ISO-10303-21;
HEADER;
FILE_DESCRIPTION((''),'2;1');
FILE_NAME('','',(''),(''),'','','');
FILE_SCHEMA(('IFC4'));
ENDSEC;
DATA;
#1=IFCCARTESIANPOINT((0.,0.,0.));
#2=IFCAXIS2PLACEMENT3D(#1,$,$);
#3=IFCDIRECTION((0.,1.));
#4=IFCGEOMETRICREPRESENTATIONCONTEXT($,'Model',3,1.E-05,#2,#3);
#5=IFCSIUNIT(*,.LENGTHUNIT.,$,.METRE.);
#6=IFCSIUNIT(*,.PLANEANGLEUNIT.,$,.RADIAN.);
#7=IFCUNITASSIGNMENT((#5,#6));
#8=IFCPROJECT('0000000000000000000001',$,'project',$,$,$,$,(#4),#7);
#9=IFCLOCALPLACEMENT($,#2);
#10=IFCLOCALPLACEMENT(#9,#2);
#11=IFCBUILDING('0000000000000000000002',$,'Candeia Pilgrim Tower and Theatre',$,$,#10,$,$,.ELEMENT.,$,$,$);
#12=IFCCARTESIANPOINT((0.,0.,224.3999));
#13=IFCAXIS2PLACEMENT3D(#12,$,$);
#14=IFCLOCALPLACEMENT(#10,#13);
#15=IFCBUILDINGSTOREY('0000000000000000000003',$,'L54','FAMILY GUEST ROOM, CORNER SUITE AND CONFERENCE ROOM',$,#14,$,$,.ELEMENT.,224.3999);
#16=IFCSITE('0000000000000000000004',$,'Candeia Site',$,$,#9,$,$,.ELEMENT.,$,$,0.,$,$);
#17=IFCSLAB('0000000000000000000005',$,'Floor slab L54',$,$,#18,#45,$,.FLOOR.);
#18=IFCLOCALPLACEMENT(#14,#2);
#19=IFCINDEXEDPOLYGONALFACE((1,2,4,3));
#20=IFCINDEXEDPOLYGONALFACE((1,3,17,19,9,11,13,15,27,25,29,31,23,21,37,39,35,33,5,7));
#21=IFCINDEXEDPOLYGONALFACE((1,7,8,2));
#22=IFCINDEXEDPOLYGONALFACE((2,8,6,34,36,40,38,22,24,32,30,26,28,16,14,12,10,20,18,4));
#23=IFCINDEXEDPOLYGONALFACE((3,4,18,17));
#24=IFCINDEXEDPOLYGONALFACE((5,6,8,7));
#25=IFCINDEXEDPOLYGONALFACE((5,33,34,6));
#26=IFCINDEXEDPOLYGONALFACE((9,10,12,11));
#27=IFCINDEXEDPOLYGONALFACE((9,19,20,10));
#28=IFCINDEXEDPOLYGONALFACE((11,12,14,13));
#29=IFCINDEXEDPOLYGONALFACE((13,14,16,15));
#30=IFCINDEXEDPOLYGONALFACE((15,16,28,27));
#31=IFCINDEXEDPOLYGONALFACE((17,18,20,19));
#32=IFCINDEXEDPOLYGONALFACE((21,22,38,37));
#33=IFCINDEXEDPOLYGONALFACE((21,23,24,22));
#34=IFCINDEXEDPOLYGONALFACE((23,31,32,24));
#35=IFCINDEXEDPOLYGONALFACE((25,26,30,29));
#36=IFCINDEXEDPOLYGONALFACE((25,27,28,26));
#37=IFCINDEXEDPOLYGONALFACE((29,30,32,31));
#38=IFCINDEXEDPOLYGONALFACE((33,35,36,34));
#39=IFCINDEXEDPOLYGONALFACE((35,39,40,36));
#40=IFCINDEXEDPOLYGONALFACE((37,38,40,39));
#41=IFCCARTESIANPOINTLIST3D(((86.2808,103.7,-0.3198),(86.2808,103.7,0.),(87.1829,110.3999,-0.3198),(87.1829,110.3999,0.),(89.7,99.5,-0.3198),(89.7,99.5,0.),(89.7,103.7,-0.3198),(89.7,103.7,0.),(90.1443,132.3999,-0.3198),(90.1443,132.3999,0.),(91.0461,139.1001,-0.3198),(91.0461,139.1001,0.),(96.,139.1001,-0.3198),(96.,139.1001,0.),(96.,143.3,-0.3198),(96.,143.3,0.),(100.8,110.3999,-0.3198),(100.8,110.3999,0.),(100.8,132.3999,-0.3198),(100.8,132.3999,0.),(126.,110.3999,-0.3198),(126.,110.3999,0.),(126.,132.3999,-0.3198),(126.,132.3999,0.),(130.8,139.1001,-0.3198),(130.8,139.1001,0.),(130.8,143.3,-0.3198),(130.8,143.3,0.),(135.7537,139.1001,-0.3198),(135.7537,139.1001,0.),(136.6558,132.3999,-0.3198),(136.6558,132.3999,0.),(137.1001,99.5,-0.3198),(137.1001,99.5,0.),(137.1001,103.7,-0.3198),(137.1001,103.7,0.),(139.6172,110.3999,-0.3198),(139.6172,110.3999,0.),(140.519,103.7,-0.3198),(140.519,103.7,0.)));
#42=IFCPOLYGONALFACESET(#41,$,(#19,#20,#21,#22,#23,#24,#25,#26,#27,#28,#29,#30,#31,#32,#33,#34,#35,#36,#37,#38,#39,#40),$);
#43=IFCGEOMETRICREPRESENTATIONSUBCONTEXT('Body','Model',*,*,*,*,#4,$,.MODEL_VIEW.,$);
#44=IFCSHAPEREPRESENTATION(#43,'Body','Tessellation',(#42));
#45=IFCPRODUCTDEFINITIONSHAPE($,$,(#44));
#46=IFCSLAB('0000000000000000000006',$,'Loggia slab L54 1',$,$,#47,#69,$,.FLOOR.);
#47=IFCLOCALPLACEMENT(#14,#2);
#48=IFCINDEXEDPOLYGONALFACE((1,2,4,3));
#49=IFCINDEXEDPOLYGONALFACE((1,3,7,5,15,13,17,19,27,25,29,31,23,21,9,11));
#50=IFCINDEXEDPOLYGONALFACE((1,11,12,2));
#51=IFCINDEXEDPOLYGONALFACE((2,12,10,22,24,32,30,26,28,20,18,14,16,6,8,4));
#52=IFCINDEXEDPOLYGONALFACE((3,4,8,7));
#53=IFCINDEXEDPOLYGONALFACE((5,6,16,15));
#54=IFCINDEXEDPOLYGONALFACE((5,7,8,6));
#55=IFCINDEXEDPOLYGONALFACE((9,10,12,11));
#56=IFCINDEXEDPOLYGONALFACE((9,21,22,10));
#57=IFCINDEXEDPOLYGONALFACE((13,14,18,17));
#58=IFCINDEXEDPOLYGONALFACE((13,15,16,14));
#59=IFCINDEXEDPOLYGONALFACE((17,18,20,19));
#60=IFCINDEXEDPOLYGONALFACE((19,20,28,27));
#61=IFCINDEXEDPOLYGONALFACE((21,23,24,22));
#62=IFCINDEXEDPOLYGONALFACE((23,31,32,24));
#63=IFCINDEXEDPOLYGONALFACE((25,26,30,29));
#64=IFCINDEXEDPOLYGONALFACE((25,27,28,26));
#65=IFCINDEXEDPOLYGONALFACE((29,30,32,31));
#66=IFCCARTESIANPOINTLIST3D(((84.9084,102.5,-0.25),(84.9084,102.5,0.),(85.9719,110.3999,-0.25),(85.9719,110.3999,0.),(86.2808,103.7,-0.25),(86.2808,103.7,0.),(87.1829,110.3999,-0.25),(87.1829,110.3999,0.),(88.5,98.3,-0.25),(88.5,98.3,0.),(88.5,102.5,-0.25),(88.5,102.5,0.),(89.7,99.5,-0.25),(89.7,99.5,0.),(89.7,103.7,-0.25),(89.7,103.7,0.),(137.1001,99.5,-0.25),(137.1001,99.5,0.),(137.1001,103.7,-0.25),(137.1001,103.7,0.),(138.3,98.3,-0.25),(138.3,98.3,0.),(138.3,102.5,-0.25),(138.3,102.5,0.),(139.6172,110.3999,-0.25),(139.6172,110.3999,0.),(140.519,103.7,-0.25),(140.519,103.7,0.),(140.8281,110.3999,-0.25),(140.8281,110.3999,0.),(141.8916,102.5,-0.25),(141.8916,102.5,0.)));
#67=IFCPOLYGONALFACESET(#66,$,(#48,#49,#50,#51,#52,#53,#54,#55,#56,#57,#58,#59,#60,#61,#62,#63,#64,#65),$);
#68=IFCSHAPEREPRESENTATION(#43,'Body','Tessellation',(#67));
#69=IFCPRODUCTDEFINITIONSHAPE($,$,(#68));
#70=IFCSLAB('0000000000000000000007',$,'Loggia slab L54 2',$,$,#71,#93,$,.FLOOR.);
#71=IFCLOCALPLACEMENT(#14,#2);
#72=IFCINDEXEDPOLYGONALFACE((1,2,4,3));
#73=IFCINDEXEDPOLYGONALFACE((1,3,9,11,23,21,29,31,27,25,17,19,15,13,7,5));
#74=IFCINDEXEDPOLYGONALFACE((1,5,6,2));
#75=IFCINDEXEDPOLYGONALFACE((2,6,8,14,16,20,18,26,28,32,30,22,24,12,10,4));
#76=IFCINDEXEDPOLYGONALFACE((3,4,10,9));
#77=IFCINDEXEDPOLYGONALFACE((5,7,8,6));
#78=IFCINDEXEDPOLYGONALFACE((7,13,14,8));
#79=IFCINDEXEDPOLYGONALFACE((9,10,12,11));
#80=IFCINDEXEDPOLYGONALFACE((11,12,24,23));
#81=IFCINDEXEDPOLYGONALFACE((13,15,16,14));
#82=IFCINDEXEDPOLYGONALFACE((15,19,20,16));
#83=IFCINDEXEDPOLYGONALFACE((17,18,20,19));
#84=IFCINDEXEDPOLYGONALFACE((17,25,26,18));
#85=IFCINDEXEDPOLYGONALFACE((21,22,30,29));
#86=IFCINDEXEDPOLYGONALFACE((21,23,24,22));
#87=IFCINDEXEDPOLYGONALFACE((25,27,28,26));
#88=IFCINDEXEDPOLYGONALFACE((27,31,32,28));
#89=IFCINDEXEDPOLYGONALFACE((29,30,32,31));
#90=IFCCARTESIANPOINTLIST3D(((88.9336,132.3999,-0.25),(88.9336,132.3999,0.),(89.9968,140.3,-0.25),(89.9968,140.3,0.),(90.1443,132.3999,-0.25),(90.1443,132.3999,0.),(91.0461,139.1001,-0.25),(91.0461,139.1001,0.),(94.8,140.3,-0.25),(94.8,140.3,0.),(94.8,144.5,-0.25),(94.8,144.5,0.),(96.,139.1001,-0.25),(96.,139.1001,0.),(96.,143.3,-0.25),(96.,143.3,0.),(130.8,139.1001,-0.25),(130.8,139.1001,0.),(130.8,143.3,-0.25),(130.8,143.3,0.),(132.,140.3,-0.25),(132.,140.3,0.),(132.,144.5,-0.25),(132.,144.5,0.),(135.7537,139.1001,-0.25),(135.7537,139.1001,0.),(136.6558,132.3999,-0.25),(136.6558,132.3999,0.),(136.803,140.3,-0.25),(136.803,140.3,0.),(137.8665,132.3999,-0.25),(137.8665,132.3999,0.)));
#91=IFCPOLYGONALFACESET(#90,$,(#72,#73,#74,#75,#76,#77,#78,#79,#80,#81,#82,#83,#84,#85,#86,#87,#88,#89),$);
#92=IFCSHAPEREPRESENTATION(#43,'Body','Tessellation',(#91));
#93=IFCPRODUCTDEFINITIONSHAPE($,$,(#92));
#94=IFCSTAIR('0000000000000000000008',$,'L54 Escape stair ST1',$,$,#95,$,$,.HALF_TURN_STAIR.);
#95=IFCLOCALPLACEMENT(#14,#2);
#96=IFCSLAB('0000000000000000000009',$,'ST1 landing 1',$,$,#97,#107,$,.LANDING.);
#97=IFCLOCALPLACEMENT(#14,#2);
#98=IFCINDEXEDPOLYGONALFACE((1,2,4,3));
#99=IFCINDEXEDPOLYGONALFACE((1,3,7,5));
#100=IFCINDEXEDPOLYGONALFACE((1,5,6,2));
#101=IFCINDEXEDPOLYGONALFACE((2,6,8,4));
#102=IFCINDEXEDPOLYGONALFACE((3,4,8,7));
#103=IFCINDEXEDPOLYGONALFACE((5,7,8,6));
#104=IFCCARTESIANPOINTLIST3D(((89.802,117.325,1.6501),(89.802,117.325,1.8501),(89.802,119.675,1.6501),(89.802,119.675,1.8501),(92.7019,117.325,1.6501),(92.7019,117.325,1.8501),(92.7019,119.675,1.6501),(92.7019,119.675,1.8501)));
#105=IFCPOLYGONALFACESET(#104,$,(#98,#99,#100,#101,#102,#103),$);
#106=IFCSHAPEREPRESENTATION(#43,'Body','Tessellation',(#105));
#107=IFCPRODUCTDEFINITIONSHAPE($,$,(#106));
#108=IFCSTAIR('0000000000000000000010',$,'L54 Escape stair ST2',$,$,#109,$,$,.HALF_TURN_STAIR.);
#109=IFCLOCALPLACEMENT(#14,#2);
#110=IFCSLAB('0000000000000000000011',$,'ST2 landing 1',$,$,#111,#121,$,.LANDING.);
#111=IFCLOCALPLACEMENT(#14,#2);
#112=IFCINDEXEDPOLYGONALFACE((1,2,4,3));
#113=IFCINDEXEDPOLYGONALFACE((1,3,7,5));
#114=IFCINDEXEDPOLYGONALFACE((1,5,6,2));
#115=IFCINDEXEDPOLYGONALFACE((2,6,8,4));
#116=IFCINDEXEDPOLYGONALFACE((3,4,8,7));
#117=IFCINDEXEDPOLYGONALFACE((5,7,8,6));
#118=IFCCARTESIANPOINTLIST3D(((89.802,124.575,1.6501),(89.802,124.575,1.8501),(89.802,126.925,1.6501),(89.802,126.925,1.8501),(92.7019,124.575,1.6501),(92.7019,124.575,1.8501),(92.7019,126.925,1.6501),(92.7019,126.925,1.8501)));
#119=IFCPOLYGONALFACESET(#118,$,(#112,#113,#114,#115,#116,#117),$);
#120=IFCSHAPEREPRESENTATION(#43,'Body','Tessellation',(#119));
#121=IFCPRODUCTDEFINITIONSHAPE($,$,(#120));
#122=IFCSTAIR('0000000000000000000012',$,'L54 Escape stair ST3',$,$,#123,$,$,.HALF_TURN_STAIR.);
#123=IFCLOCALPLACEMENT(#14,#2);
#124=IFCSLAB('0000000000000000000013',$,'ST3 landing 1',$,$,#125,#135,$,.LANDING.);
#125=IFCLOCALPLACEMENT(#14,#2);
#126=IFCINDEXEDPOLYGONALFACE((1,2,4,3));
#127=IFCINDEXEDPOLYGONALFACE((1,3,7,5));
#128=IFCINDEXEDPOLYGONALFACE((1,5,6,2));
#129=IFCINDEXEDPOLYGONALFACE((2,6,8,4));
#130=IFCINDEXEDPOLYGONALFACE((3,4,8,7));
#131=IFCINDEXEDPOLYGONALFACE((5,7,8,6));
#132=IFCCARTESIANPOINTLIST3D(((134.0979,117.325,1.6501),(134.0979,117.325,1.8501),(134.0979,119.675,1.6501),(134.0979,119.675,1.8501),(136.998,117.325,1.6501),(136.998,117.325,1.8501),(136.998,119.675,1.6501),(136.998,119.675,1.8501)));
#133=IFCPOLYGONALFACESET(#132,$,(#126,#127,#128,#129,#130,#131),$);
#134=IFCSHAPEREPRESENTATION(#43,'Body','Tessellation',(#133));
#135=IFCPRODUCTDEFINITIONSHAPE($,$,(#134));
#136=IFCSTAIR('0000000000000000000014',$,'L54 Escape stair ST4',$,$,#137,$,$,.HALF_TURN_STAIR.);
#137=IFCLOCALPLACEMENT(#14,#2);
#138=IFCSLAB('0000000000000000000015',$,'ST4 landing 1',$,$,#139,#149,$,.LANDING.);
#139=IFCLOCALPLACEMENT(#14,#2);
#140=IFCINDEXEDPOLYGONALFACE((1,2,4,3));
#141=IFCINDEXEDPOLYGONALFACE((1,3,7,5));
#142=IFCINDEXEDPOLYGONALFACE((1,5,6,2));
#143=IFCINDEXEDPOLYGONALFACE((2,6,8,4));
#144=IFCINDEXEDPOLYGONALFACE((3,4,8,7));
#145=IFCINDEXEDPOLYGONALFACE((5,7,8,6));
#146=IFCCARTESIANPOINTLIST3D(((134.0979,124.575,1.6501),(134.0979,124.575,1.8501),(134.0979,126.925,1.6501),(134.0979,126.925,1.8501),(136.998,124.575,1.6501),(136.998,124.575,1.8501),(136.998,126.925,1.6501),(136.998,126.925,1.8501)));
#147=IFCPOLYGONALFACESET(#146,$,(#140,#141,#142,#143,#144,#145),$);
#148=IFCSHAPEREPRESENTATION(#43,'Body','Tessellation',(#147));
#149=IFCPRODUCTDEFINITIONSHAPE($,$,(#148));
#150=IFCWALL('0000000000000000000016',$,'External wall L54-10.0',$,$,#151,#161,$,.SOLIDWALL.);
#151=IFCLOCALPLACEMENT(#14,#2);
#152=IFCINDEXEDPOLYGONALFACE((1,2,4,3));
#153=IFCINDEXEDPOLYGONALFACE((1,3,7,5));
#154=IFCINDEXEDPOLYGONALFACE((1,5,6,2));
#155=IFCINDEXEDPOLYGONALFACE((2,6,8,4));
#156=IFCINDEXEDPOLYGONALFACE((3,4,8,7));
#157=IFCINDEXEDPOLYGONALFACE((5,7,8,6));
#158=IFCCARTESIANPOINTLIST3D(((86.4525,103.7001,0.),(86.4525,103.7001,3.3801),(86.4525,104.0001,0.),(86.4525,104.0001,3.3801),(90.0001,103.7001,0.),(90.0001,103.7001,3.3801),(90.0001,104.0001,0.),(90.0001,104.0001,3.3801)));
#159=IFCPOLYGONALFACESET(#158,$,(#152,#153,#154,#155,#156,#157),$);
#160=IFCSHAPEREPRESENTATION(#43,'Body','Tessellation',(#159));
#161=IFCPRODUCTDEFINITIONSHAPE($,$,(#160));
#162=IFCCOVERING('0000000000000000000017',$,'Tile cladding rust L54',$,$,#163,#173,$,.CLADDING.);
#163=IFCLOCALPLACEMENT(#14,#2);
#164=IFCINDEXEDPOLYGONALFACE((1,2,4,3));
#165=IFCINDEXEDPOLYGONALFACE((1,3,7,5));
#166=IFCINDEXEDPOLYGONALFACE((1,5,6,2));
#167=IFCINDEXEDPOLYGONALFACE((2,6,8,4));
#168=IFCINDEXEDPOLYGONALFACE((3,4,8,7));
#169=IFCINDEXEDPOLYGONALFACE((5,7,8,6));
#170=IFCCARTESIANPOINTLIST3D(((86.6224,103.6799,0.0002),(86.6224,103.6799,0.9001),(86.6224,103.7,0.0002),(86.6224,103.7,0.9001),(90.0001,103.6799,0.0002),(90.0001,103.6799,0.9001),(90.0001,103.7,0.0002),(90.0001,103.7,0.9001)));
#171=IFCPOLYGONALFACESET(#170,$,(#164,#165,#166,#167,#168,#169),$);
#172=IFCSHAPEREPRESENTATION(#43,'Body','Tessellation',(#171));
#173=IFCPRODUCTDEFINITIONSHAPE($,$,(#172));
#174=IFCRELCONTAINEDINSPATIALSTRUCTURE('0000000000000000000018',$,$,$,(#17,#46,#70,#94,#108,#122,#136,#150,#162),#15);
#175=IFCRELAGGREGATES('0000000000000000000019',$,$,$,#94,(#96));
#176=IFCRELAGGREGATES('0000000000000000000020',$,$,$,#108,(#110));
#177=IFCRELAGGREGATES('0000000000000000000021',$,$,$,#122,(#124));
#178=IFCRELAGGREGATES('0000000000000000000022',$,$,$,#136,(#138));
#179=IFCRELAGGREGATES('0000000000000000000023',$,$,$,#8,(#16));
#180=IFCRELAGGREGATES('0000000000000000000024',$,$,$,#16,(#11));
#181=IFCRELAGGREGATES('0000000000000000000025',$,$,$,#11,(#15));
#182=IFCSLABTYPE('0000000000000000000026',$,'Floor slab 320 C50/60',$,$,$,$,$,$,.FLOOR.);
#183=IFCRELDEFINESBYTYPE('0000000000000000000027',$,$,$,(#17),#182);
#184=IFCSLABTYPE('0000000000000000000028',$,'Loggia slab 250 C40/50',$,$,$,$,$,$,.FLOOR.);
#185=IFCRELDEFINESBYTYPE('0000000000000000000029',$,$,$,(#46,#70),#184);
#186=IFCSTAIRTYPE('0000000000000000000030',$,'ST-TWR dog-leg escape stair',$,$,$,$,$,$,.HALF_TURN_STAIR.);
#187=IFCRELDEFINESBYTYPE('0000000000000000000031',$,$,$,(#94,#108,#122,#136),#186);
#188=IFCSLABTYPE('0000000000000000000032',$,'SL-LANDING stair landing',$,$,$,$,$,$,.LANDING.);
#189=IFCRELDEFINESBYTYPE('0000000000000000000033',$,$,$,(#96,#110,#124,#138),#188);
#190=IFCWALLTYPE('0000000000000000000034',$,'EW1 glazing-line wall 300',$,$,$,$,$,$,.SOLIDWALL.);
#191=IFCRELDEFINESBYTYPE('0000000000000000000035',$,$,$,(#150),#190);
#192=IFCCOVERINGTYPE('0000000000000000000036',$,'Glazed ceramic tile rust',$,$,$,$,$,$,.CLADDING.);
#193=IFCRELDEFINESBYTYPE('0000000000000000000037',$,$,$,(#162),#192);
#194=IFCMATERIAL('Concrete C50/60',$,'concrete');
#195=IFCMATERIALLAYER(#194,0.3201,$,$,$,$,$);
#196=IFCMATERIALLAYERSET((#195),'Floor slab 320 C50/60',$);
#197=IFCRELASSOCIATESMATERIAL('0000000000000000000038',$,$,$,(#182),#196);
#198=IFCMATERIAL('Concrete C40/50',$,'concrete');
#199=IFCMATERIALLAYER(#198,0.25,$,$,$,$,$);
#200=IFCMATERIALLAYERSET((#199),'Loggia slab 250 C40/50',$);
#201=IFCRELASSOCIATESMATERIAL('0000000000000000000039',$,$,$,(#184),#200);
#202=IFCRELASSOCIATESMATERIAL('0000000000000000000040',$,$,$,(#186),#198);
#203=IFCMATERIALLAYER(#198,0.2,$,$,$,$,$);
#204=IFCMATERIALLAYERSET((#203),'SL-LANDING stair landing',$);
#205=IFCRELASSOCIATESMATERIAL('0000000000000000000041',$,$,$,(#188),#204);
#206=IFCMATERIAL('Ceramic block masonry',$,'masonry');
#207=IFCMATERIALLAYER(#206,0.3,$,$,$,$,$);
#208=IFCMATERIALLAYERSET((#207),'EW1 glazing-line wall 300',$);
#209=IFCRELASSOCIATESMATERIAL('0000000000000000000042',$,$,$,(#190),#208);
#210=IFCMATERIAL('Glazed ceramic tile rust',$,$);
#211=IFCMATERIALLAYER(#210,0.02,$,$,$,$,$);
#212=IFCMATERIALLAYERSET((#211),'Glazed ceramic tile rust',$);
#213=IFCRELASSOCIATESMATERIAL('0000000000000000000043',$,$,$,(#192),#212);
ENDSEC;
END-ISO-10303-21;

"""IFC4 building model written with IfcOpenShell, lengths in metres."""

from ifc_helpers import new_model, si_unit, direction, frame, frame_2d, origin, origin_2d, place, context, subcontext, project, spatial, polyline, rectangle, outline, extrude, material, layer, layer_set, type_object, element, aggregate, save


model = new_model("IFC4")

# Units and contexts
model_context = context("Model", 3, precision=1e-05, world=origin(), true_north=direction((0.0, 1.0)))
body_context = subcontext(model_context, "Body", "Model", "MODEL_VIEW")
ifc_project = project(units=[si_unit("LENGTHUNIT", "METRE"), si_unit("PLANEANGLEUNIT", "RADIAN")], contexts=[model_context])

# Site, building, storey
site_placement = place(None, origin())
site = spatial("IfcSite", under=ifc_project, at=site_placement, Name="Candeia Site", CompositionType="ELEMENT", RefElevation=0.0)
building_placement = place(site_placement, origin())
building = spatial("IfcBuilding", under=site, at=building_placement, Name="Candeia Pilgrim Tower and Theatre", CompositionType="ELEMENT")
storey_placement = place(building_placement, frame((0.0, 0.0, 224.3999)))
storey = spatial("IfcBuildingStorey", under=building, at=storey_placement, Name="L54", Description="FAMILY GUEST ROOM, CORNER SUITE AND CONFERENCE ROOM", CompositionType="ELEMENT", Elevation=224.3999)

# Shared definitions
ifc_material_1 = material(Name="Concrete C50/60", Category="concrete")

# Slabs
ifc_material_2 = material(Name="Concrete C40/50", Category="concrete")
ifc_layer_1 = layer(ifc_material_1, 0.3201)
ifc_layer_set_1 = layer_set([ifc_layer_1], Name="Floor slab 320 C50/60")
slab_type_1 = type_object("IfcSlabType", Name="Floor slab 320 C50/60", PredefinedType="FLOOR", material=ifc_layer_set_1)
slab_1_placement = place(storey_placement, frame((0.0, 0.0, -0.3198)))
element("IfcSlab", 1, at=slab_1_placement, inside=storey, type_object=slab_type_1, Name="Floor slab L54", PredefinedType="FLOOR", context=body_context, shape_type="SweptSolid", body=[
    extrude(outline(polyline([(96.0, 139.1001), (96.0, 143.3), (130.8, 143.3), (130.8, 139.1001), (135.7537, 139.1001), (136.6558, 132.3999), (126.0, 132.3999), (126.0, 110.3999), (139.6172, 110.3999), (140.519, 103.7), (137.1001, 103.7), (137.1001, 99.5), (89.7, 99.5), (89.7, 103.7), (86.2808, 103.7), (87.1829, 110.3999), (100.8, 110.3999), (100.8, 132.3999), (90.1443, 132.3999), (91.0461, 139.1001), (96.0, 139.1001)])), origin(), (0.0, 0.0, 1.0), 0.3198),
])
ifc_layer_2 = layer(ifc_material_2, 0.25)
ifc_layer_set_2 = layer_set([ifc_layer_2], Name="Loggia slab 250 C40/50")
slab_type_2 = type_object("IfcSlabType", Name="Loggia slab 250 C40/50", PredefinedType="FLOOR", material=ifc_layer_set_2)
slab_2_placement = place(storey_placement, frame((0.0, 0.0, -0.25)))
element("IfcSlab", 2, at=slab_2_placement, inside=storey, type_object=slab_type_2, Name="Loggia slab L54 1", PredefinedType="FLOOR", context=body_context, shape_type="SweptSolid", body=[
    extrude(outline(polyline([(87.1829, 110.3999), (86.2808, 103.7), (89.7, 103.7), (89.7, 99.5), (137.1001, 99.5), (137.1001, 103.7), (140.519, 103.7), (139.6172, 110.3999), (140.8281, 110.3999), (141.8916, 102.5), (138.3, 102.5), (138.3, 98.3), (88.5, 98.3), (88.5, 102.5), (84.9084, 102.5), (85.9719, 110.3999), (87.1829, 110.3999)])), origin(), (0.0, 0.0, 1.0), 0.25),
])
slab_3_placement = place(storey_placement, frame((0.0, 0.0, -0.25)))
element("IfcSlab", 3, at=slab_3_placement, inside=storey, type_object=slab_type_2, Name="Loggia slab L54 2", PredefinedType="FLOOR", context=body_context, shape_type="SweptSolid", body=[
    extrude(outline(polyline([(136.6558, 132.3999), (135.7537, 139.1001), (130.8, 139.1001), (130.8, 143.3), (96.0, 143.3), (96.0, 139.1001), (91.0461, 139.1001), (90.1443, 132.3999), (88.9336, 132.3999), (89.9968, 140.3), (94.8, 140.3), (94.8, 144.5), (132.0, 144.5), (132.0, 140.3), (136.803, 140.3), (137.8665, 132.3999), (136.6558, 132.3999)])), origin(), (0.0, 0.0, 1.0), 0.25),
])

# Stairs, slabs
stair_type = type_object("IfcStairType", Name="ST-TWR dog-leg escape stair", PredefinedType="HALF_TURN_STAIR", material=ifc_material_2)
stair_1_placement = place(storey_placement, origin())
stair_1 = element("IfcStair", 4, at=stair_1_placement, inside=storey, type_object=stair_type, Name="L54 Escape stair ST1", PredefinedType="HALF_TURN_STAIR")
ifc_layer_3 = layer(ifc_material_2, 0.2)
ifc_layer_set_3 = layer_set([ifc_layer_3], Name="SL-LANDING stair landing")
slab_type_3 = type_object("IfcSlabType", Name="SL-LANDING stair landing", PredefinedType="LANDING", material=ifc_layer_set_3)
slab_4_placement = place(storey_placement, frame((0.0, 0.0, 1.6501)))
slab_4 = element("IfcSlab", 5, at=slab_4_placement, type_object=slab_type_3, Name="ST1 landing 1", PredefinedType="LANDING", context=body_context, shape_type="SweptSolid", body=[
    extrude(outline(polyline([(89.802, 119.675), (89.802, 117.325), (92.7019, 117.325), (92.7019, 119.675), (89.802, 119.675)])), origin(), (0.0, 0.0, 1.0), 0.2),
])
aggregate(stair_1, [slab_4])
stair_2_placement = place(storey_placement, origin())
stair_2 = element("IfcStair", 6, at=stair_2_placement, inside=storey, type_object=stair_type, Name="L54 Escape stair ST2", PredefinedType="HALF_TURN_STAIR")
slab_5_placement = place(storey_placement, frame((0.0, 0.0, 1.6501)))
slab_5 = element("IfcSlab", 7, at=slab_5_placement, type_object=slab_type_3, Name="ST2 landing 1", PredefinedType="LANDING", context=body_context, shape_type="SweptSolid", body=[
    extrude(outline(polyline([(89.802, 126.925), (89.802, 124.575), (92.7019, 124.575), (92.7019, 126.925), (89.802, 126.925)])), origin(), (0.0, 0.0, 1.0), 0.2),
])
aggregate(stair_2, [slab_5])
stair_3_placement = place(storey_placement, origin())
stair_3 = element("IfcStair", 8, at=stair_3_placement, inside=storey, type_object=stair_type, Name="L54 Escape stair ST3", PredefinedType="HALF_TURN_STAIR")
slab_6_placement = place(storey_placement, frame((0.0, 0.0, 1.6501)))
slab_6 = element("IfcSlab", 9, at=slab_6_placement, type_object=slab_type_3, Name="ST3 landing 1", PredefinedType="LANDING", context=body_context, shape_type="SweptSolid", body=[
    extrude(outline(polyline([(134.0979, 119.675), (134.0979, 117.325), (136.998, 117.325), (136.998, 119.675), (134.0979, 119.675)])), origin(), (0.0, 0.0, 1.0), 0.2),
])
aggregate(stair_3, [slab_6])
stair_4_placement = place(storey_placement, origin())
stair_4 = element("IfcStair", 10, at=stair_4_placement, inside=storey, type_object=stair_type, Name="L54 Escape stair ST4", PredefinedType="HALF_TURN_STAIR")
slab_7_placement = place(storey_placement, frame((0.0, 0.0, 1.6501)))
slab_7 = element("IfcSlab", 11, at=slab_7_placement, type_object=slab_type_3, Name="ST4 landing 1", PredefinedType="LANDING", context=body_context, shape_type="SweptSolid", body=[
    extrude(outline(polyline([(134.0979, 126.925), (134.0979, 124.575), (136.998, 124.575), (136.998, 126.925), (134.0979, 126.925)])), origin(), (0.0, 0.0, 1.0), 0.2),
])
aggregate(stair_4, [slab_7])

# Wall
ifc_material_3 = material(Name="Ceramic block masonry", Category="masonry")
ifc_layer_4 = layer(ifc_material_3, 0.3)
ifc_layer_set_4 = layer_set([ifc_layer_4], Name="EW1 glazing-line wall 300")
wall_type = type_object("IfcWallType", Name="EW1 glazing-line wall 300", PredefinedType="SOLIDWALL", material=ifc_layer_set_4)
wall_placement = place(storey_placement, frame((86.4524, 103.8501, 0.0), z_axis=(0.0, 0.0, 1.0), x_axis=(1.0, 0.0, 0.0)))
element("IfcWall", 12, at=wall_placement, inside=storey, type_object=wall_type, Name="External wall L54-10.0", PredefinedType="SOLIDWALL", context=body_context, shape_type="SweptSolid", body=[
    extrude(rectangle(XDim=3.5476, YDim=0.3, at=frame_2d((1.7739, 0.0))), origin(), (0.0, 0.0, 1.0), 3.3801),
])

# Covering
ifc_material_4 = material(Name="Glazed ceramic tile rust")
ifc_layer_5 = layer(ifc_material_4, 0.02)
ifc_layer_set_5 = layer_set([ifc_layer_5], Name="Glazed ceramic tile rust")
covering_type = type_object("IfcCoveringType", Name="Glazed ceramic tile rust", PredefinedType="CLADDING", material=ifc_layer_set_5)
covering_placement = place(storey_placement, frame((88.3113, 103.6899, 0.0002), z_axis=(0.0, 0.0, 1.0), x_axis=(1.0, 0.0, 0.0)))
element("IfcCovering", 13, at=covering_placement, inside=storey, type_object=covering_type, Name="Tile cladding rust L54", PredefinedType="CLADDING", context=body_context, shape_type="SweptSolid", body=[
    extrude(rectangle(XDim=3.3777, YDim=0.02, at=origin_2d()), origin(), (0.0, 0.0, 1.0), 0.8999),
])

save(model, "model.ifc")
